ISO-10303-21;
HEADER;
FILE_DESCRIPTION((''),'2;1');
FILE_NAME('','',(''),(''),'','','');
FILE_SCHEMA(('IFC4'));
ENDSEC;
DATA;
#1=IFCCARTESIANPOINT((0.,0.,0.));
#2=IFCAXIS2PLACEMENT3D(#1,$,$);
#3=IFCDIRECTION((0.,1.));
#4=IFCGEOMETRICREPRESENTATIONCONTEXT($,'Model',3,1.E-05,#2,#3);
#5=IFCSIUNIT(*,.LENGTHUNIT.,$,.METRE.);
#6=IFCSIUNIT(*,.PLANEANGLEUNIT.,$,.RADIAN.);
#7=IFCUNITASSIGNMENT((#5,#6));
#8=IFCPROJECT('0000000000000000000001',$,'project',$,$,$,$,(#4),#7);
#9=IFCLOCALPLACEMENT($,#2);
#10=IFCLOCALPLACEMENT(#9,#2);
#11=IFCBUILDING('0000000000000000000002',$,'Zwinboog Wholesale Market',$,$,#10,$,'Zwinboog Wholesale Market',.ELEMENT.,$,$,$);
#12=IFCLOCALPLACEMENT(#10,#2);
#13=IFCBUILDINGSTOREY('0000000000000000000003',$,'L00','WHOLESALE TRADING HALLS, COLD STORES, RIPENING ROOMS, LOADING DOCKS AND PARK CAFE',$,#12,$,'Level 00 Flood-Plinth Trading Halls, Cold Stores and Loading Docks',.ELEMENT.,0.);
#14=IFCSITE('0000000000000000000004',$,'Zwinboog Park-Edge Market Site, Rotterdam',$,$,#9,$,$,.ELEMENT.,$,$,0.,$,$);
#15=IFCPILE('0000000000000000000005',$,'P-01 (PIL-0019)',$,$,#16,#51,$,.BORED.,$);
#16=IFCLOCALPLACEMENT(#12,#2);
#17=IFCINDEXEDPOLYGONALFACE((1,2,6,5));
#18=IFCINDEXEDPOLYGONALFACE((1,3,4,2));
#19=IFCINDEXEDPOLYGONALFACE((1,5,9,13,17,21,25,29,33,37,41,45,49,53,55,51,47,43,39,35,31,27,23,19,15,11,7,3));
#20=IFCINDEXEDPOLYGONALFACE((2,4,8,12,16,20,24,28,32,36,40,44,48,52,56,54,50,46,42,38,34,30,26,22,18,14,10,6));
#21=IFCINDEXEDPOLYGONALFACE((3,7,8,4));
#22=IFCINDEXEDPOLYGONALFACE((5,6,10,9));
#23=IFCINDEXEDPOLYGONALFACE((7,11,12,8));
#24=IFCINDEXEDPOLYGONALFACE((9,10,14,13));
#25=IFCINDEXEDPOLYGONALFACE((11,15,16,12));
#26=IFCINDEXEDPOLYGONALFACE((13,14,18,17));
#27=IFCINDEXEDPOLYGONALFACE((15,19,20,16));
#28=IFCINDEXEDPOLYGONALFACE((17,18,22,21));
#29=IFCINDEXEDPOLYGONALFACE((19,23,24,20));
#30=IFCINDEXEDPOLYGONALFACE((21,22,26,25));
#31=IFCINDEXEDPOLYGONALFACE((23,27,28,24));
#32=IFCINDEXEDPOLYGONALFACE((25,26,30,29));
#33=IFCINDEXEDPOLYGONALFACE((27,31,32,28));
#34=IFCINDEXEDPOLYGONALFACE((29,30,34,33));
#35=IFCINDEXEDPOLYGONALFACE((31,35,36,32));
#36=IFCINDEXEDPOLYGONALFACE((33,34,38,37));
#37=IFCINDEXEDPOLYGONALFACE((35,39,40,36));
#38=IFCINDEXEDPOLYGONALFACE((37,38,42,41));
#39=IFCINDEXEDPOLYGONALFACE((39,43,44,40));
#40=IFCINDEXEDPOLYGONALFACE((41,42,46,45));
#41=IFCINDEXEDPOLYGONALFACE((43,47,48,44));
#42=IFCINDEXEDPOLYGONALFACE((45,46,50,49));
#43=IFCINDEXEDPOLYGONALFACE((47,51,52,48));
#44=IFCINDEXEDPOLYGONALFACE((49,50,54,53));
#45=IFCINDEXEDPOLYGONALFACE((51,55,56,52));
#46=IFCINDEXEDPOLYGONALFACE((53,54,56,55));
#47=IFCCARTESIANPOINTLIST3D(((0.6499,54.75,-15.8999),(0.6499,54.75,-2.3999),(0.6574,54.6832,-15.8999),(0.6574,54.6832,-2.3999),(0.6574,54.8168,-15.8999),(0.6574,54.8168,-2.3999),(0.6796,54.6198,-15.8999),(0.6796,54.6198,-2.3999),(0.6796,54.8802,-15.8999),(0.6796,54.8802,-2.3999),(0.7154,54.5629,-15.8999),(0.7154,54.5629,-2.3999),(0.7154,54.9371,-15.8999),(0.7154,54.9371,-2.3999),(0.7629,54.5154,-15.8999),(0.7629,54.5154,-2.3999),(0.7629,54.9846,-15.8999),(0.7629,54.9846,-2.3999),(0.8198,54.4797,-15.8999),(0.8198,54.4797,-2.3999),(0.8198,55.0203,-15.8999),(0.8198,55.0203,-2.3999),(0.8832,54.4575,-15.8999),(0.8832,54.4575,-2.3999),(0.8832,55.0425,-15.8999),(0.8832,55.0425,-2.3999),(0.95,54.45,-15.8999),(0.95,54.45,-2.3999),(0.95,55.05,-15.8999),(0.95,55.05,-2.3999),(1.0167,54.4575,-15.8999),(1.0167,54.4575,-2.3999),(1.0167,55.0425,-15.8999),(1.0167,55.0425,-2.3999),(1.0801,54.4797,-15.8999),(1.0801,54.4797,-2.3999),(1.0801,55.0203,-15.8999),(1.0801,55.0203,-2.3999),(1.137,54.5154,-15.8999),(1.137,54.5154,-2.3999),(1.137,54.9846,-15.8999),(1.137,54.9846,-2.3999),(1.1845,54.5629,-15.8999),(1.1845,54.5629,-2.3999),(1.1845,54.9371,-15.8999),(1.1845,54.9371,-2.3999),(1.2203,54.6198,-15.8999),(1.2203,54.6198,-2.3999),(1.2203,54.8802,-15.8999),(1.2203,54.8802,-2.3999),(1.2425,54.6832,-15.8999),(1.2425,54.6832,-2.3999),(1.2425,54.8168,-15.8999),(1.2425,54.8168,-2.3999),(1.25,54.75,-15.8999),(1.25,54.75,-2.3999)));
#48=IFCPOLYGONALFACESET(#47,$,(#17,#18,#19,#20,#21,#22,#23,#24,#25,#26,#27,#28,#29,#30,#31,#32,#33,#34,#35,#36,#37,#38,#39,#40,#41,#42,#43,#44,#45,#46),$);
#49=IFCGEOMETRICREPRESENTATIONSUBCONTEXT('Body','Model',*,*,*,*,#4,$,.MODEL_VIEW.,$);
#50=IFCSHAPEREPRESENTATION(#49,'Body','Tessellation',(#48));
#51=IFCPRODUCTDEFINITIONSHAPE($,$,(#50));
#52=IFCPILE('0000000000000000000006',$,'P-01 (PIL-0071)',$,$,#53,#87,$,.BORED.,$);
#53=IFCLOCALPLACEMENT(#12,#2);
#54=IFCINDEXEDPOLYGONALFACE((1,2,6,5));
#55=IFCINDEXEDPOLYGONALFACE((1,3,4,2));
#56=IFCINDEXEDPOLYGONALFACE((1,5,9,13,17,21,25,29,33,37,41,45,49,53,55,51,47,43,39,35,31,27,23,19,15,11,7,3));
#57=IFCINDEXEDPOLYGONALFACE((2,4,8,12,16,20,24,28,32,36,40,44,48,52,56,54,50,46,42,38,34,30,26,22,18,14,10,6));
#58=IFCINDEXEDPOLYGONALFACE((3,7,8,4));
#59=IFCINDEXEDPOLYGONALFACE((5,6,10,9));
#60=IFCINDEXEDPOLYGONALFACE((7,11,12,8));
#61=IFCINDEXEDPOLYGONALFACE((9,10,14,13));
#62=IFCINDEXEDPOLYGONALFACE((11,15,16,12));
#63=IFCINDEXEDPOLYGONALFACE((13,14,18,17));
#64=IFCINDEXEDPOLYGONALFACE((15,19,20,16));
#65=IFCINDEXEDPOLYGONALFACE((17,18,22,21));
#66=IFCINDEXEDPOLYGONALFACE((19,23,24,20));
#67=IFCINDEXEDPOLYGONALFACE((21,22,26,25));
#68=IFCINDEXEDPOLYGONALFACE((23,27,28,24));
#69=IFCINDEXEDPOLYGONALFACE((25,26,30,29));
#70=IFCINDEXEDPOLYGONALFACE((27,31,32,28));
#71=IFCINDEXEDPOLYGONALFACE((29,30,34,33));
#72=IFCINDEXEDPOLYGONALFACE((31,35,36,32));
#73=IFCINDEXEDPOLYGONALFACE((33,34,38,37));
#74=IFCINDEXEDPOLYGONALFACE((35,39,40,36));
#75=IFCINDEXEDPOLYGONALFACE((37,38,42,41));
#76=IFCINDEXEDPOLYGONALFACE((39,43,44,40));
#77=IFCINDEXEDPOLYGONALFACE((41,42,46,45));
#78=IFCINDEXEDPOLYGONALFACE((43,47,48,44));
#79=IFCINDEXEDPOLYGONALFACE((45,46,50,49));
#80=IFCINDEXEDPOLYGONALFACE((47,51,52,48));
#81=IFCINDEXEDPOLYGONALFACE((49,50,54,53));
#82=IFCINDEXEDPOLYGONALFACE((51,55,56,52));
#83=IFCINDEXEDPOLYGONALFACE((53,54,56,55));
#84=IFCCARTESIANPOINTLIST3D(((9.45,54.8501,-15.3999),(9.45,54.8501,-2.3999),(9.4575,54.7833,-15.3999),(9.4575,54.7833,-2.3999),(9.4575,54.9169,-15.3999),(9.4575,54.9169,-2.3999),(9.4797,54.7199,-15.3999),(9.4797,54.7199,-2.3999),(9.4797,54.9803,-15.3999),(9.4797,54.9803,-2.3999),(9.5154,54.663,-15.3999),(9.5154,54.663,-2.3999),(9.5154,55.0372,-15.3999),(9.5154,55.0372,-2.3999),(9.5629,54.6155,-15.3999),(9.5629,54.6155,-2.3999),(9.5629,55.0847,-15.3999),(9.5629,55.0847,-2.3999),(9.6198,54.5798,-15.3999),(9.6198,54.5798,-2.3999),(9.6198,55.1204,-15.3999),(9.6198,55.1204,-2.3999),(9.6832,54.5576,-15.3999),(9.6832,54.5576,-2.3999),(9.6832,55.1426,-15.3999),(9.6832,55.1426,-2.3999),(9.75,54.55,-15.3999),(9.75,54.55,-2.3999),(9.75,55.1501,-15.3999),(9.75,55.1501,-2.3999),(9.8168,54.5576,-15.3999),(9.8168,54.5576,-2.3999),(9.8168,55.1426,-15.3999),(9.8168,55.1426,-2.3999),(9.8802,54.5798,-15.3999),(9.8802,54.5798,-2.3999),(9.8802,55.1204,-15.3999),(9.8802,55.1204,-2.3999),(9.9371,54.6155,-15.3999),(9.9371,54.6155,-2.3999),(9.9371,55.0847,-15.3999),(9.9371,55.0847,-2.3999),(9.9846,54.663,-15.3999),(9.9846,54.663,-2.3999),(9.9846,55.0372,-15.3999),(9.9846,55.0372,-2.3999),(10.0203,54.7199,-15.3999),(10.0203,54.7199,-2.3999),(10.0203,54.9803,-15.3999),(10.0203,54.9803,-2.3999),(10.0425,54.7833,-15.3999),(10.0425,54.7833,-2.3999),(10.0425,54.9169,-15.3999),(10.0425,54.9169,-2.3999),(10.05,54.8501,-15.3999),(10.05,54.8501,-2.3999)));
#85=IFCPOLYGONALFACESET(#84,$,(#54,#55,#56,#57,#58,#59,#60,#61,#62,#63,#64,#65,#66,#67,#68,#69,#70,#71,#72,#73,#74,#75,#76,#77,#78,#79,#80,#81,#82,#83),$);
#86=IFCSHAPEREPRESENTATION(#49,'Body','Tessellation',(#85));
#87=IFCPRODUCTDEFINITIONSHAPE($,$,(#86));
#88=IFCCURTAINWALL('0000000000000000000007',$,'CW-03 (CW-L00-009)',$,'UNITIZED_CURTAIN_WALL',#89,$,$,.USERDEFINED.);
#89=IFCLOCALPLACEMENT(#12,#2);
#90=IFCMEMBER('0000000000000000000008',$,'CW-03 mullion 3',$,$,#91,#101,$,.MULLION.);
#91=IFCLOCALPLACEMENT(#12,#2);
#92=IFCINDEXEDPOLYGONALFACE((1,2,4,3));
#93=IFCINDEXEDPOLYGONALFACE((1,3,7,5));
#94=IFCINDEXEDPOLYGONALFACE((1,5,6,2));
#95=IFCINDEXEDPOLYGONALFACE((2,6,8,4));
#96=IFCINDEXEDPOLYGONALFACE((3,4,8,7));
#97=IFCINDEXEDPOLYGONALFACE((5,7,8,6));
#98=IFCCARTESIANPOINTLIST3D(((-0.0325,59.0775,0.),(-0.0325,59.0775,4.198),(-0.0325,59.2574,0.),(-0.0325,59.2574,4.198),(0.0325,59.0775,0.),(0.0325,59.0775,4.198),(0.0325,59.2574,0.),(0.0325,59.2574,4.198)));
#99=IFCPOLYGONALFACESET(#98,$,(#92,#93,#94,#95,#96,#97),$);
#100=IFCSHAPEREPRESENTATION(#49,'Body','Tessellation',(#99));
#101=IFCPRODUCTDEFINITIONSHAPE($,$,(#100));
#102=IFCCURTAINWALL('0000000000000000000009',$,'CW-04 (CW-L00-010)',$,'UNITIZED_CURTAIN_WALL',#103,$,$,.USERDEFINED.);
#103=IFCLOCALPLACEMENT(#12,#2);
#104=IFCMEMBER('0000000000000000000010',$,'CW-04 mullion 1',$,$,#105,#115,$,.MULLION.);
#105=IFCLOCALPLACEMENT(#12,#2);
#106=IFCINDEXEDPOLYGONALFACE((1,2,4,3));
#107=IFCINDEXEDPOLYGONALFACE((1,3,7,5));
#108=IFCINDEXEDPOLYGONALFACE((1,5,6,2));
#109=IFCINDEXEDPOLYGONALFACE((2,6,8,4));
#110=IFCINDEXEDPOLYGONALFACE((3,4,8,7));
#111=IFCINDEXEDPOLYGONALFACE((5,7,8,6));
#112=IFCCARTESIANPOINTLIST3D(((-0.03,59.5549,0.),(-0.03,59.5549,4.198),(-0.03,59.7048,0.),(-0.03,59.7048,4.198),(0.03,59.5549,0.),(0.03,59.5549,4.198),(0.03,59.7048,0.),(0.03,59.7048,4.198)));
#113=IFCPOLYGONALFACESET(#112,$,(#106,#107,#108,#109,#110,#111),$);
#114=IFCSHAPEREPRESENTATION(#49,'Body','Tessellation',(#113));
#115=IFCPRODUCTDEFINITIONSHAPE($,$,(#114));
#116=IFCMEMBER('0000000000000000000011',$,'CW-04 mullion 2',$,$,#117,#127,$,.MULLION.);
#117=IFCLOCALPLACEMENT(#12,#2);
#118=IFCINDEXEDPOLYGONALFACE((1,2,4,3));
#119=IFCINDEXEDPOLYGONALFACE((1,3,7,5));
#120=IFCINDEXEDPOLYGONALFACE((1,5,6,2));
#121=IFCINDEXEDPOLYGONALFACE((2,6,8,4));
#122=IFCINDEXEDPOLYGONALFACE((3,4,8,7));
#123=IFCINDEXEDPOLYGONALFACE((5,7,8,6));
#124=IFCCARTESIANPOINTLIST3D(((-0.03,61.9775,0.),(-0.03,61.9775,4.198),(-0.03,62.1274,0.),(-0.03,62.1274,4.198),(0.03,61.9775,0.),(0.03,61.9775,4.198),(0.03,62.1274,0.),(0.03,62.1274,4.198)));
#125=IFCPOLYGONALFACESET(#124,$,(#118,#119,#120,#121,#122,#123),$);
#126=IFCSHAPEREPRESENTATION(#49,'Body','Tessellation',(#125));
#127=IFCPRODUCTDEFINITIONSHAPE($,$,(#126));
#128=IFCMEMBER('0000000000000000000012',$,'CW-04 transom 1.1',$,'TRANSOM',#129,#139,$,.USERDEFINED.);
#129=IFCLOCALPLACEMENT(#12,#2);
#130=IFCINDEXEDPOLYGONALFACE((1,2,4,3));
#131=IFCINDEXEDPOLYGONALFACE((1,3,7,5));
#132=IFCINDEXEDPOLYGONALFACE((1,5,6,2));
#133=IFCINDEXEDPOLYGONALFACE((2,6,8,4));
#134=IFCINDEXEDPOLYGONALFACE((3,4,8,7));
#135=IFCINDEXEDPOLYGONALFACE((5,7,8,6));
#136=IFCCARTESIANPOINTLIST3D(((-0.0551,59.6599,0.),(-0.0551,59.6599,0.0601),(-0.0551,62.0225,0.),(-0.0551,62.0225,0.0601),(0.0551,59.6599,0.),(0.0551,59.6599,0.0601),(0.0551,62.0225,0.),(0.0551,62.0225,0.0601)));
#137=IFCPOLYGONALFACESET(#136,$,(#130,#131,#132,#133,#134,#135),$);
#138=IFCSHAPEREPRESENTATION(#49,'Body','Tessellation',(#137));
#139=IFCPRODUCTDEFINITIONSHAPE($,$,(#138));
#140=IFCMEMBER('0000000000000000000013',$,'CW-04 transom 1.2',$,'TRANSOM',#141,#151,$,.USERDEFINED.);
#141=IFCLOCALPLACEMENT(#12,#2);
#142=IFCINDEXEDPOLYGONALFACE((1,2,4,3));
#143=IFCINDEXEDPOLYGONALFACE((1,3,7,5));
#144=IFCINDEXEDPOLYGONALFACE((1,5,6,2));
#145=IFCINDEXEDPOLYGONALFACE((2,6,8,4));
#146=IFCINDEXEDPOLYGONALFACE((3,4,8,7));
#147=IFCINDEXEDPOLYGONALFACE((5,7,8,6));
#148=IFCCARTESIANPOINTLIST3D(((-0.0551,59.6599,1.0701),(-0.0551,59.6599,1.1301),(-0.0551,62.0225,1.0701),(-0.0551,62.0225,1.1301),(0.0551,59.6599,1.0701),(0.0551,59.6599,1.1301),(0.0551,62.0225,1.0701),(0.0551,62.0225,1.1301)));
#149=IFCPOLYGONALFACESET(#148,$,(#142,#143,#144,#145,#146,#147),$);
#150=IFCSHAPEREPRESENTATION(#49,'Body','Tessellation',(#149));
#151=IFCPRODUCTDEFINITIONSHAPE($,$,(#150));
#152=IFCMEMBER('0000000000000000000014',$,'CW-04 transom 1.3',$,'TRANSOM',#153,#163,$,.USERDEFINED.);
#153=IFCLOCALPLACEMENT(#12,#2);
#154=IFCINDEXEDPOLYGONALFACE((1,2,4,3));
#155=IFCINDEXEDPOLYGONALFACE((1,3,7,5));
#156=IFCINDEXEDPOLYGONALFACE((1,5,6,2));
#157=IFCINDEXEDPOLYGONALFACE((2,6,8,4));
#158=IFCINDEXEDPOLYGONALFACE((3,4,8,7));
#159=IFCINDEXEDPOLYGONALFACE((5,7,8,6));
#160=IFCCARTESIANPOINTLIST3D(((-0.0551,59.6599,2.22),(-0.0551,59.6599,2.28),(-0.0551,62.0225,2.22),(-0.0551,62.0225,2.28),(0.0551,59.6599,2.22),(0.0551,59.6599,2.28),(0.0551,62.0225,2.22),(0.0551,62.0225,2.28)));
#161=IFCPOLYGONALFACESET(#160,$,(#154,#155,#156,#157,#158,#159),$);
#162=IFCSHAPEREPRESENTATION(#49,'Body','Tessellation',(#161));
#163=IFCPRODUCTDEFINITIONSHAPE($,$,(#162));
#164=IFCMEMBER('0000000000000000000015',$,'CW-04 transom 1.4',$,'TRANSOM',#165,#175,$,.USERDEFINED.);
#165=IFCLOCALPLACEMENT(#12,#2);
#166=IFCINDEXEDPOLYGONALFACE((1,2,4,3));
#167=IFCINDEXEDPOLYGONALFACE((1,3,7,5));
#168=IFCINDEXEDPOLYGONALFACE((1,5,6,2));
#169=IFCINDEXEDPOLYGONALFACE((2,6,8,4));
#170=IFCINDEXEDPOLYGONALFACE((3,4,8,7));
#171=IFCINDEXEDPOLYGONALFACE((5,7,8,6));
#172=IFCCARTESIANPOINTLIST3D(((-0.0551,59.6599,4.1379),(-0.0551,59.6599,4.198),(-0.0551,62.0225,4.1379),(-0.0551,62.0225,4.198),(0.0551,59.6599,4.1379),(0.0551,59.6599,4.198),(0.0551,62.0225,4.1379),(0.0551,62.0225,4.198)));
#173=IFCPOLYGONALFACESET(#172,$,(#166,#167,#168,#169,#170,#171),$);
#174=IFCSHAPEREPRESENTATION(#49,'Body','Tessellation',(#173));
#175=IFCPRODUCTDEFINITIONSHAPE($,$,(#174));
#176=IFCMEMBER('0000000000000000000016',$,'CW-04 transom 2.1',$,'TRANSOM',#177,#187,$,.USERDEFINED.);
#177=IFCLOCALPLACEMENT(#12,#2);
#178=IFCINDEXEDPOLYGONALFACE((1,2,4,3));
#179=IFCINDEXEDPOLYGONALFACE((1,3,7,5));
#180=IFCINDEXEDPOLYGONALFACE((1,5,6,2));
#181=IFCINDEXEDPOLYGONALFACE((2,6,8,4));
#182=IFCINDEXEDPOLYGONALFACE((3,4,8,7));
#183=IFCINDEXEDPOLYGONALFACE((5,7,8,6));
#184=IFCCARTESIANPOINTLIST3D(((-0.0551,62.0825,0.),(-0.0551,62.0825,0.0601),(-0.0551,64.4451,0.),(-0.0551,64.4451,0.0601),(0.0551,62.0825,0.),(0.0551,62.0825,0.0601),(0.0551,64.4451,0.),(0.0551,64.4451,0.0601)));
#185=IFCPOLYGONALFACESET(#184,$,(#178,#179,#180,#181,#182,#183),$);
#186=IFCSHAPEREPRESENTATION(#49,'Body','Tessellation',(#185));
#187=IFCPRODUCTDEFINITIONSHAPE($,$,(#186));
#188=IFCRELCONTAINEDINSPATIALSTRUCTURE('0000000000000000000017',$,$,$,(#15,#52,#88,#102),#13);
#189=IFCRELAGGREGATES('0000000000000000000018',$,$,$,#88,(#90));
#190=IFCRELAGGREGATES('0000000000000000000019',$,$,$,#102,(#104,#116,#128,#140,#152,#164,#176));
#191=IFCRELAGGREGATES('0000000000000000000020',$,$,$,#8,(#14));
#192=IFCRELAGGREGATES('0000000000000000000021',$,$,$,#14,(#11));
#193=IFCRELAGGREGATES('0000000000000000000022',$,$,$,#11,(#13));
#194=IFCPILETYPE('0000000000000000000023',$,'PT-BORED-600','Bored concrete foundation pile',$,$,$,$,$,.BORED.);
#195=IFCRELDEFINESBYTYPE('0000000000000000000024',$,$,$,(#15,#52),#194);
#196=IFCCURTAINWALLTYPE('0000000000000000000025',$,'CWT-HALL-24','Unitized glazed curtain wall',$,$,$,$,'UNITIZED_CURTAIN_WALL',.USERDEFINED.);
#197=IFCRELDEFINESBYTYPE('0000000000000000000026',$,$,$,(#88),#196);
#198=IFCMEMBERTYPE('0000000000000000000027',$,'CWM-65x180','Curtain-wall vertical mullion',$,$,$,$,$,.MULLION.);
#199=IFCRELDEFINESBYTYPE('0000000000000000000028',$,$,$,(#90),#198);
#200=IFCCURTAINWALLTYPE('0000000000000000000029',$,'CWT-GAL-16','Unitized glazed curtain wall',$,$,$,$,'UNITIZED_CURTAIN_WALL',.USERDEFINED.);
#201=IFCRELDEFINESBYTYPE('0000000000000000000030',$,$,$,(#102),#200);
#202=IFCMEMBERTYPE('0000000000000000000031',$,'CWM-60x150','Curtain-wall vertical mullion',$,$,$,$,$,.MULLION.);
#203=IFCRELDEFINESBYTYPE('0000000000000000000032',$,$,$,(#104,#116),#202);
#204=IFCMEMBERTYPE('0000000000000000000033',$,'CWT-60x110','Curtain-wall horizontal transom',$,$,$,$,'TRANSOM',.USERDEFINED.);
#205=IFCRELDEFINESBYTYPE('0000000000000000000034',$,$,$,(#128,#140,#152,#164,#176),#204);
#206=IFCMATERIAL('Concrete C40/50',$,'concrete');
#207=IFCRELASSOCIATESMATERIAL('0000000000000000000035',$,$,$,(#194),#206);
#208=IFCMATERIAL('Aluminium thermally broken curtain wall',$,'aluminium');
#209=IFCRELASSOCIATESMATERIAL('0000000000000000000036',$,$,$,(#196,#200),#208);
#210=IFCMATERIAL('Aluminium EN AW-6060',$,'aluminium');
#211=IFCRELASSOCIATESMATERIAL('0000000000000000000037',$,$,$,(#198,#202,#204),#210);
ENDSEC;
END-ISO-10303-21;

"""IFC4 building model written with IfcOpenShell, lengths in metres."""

from ifc_helpers import new_model, si_unit, direction, frame, origin, origin_2d, place, context, subcontext, project, spatial, rectangle, circle, extrude, material, material_profile, profile_set, type_object, element, aggregate, save


model = new_model("IFC4")

# Units and contexts
model_context = context("Model", 3, precision=1e-05, world=origin(), true_north=direction((0.0, 1.0)))
body_context = subcontext(model_context, "Body", "Model", "MODEL_VIEW")
ifc_project = project(units=[si_unit("LENGTHUNIT", "METRE"), si_unit("PLANEANGLEUNIT", "RADIAN")], contexts=[model_context])

# Site, building, storey
site_placement = place(None, origin())
site = spatial("IfcSite", under=ifc_project, at=site_placement, Name="Zwinboog Park-Edge Market Site, Rotterdam", CompositionType="ELEMENT", RefElevation=0.0)
building_placement = place(site_placement, origin())
building = spatial("IfcBuilding", under=site, at=building_placement, Name="Zwinboog Wholesale Market", LongName="Zwinboog Wholesale Market", CompositionType="ELEMENT")
storey_placement = place(building_placement, origin())
storey = spatial("IfcBuildingStorey", under=building, at=storey_placement, Name="L00", Description="WHOLESALE TRADING HALLS, COLD STORES, RIPENING ROOMS, LOADING DOCKS AND PARK CAFE", LongName="Level 00 Flood-Plinth Trading Halls, Cold Stores and Loading Docks", CompositionType="ELEMENT", Elevation=0.0)

# Piles
ifc_material_1 = material(Name="Concrete C40/50", Category="concrete")
ifc_material_profile_1 = material_profile(ifc_material_1, circle(Radius=0.3, at=origin_2d()), Name="PILE D600")
ifc_profile_set_1 = profile_set([ifc_material_profile_1], Name="Concrete C40/50")
pile_type = type_object("IfcPileType", Name="PT-BORED-600", Description="Bored concrete foundation pile", PredefinedType="BORED", material=ifc_profile_set_1)
pile_1_placement = place(storey_placement, frame((0.95, 54.75, -2.3999), z_axis=(0.0, 0.0, -1.0), x_axis=(1.0, 0.0, 0.0)))
element("IfcPile", 1, at=pile_1_placement, inside=storey, type_object=pile_type, Name="P-01 (PIL-0019)", PredefinedType="BORED", context=body_context, shape_type="SweptSolid", body=[
    extrude(circle(Radius=0.3, at=origin_2d()), origin(), (0.0, 0.0, 1.0), 13.5),
])
pile_2_placement = place(storey_placement, frame((9.75, 54.8501, -2.3999), z_axis=(0.0, 0.0, -1.0), x_axis=(1.0, 0.0, 0.0)))
element("IfcPile", 2, at=pile_2_placement, inside=storey, type_object=pile_type, Name="P-01 (PIL-0071)", PredefinedType="BORED", context=body_context, shape_type="SweptSolid", body=[
    extrude(circle(Radius=0.3, at=origin_2d()), origin(), (0.0, 0.0, 1.0), 13.0),
])

# Curtain wall, member
ifc_material_2 = material(Name="Aluminium thermally broken curtain wall", Category="aluminium")
curtain_wall_type_1 = type_object("IfcCurtainWallType", Name="CWT-HALL-24", Description="Unitized glazed curtain wall", ElementType="UNITIZED_CURTAIN_WALL", PredefinedType="USERDEFINED", material=ifc_material_2)
curtain_wall_1_placement = place(storey_placement, origin())
curtain_wall_1 = element("IfcCurtainWall", 3, at=curtain_wall_1_placement, inside=storey, type_object=curtain_wall_type_1, Name="CW-03 (CW-L00-009)", ObjectType="UNITIZED_CURTAIN_WALL", PredefinedType="USERDEFINED")
ifc_material_3 = material(Name="Aluminium EN AW-6060", Category="aluminium")
ifc_material_profile_2 = material_profile(ifc_material_3, rectangle(XDim=0.0649, YDim=0.1799, at=origin_2d()), Name="AL 65x180")
ifc_profile_set_2 = profile_set([ifc_material_profile_2], Name="Aluminium EN AW-6060")
member_type_1 = type_object("IfcMemberType", Name="CWM-65x180", Description="Curtain-wall vertical mullion", PredefinedType="MULLION", material=ifc_profile_set_2)
member_1_placement = place(storey_placement, frame((0.0, 59.1675, 0.0), z_axis=(0.0, 0.0, 1.0), x_axis=(-1.0, 0.0, 0.0)))
member_1 = element("IfcMember", 4, at=member_1_placement, type_object=member_type_1, Name="CW-03 mullion 3", PredefinedType="MULLION", context=body_context, shape_type="SweptSolid", body=[
    extrude(rectangle(XDim=0.0649, YDim=0.1799, at=origin_2d()), origin(), (0.0, 0.0, 1.0), 4.198),
])
aggregate(curtain_wall_1, [member_1])

# Curtain wall, members
curtain_wall_type_2 = type_object("IfcCurtainWallType", Name="CWT-GAL-16", Description="Unitized glazed curtain wall", ElementType="UNITIZED_CURTAIN_WALL", PredefinedType="USERDEFINED", material=ifc_material_2)
curtain_wall_2_placement = place(storey_placement, origin())
curtain_wall_2 = element("IfcCurtainWall", 5, at=curtain_wall_2_placement, inside=storey, type_object=curtain_wall_type_2, Name="CW-04 (CW-L00-010)", ObjectType="UNITIZED_CURTAIN_WALL", PredefinedType="USERDEFINED")
ifc_material_profile_3 = material_profile(ifc_material_3, rectangle(XDim=0.0601, YDim=0.1499, at=origin_2d()), Name="AL 60x150")
ifc_profile_set_3 = profile_set([ifc_material_profile_3], Name="Aluminium EN AW-6060")
member_type_2 = type_object("IfcMemberType", Name="CWM-60x150", Description="Curtain-wall vertical mullion", PredefinedType="MULLION", material=ifc_profile_set_3)
member_2_placement = place(storey_placement, frame((0.0, 59.6299, 0.0), z_axis=(0.0, 0.0, 1.0), x_axis=(-1.0, 0.0, 0.0)))
member_2 = element("IfcMember", 6, at=member_2_placement, type_object=member_type_2, Name="CW-04 mullion 1", PredefinedType="MULLION", context=body_context, shape_type="SweptSolid", body=[
    extrude(rectangle(XDim=0.0601, YDim=0.1499, at=origin_2d()), origin(), (0.0, 0.0, 1.0), 4.198),
])
member_3_placement = place(storey_placement, frame((0.0, 62.0525, 0.0), z_axis=(0.0, 0.0, 1.0), x_axis=(-1.0, 0.0, 0.0)))
member_3 = element("IfcMember", 7, at=member_3_placement, type_object=member_type_2, Name="CW-04 mullion 2", PredefinedType="MULLION", context=body_context, shape_type="SweptSolid", body=[
    extrude(rectangle(XDim=0.0601, YDim=0.1499, at=origin_2d()), origin(), (0.0, 0.0, 1.0), 4.198),
])
ifc_material_profile_4 = material_profile(ifc_material_3, rectangle(XDim=0.1101, YDim=0.0601, at=origin_2d()), Name="AL 60x110")
ifc_profile_set_4 = profile_set([ifc_material_profile_4], Name="Aluminium EN AW-6060")
member_type_3 = type_object("IfcMemberType", Name="CWT-60x110", Description="Curtain-wall horizontal transom", ElementType="TRANSOM", PredefinedType="USERDEFINED", material=ifc_profile_set_4)
member_4_placement = place(storey_placement, frame((0.0, 59.6599, 0.03), z_axis=(0.0, 1.0, 0.0), x_axis=(-1.0, 0.0, 0.0)))
member_4 = element("IfcMember", 8, at=member_4_placement, type_object=member_type_3, Name="CW-04 transom 1.1", ObjectType="TRANSOM", PredefinedType="USERDEFINED", context=body_context, shape_type="SweptSolid", body=[
    extrude(rectangle(XDim=0.1101, YDim=0.0601, at=origin_2d()), origin(), (0.0, 0.0, 1.0), 2.3625),
])
member_5_placement = place(storey_placement, frame((0.0, 59.6599, 1.1001), z_axis=(0.0, 1.0, 0.0), x_axis=(-1.0, 0.0, 0.0)))
member_5 = element("IfcMember", 9, at=member_5_placement, type_object=member_type_3, Name="CW-04 transom 1.2", ObjectType="TRANSOM", PredefinedType="USERDEFINED", context=body_context, shape_type="SweptSolid", body=[
    extrude(rectangle(XDim=0.1101, YDim=0.0601, at=origin_2d()), origin(), (0.0, 0.0, 1.0), 2.3625),
])
member_6_placement = place(storey_placement, frame((0.0, 59.6599, 2.25), z_axis=(0.0, 1.0, 0.0), x_axis=(-1.0, 0.0, 0.0)))
member_6 = element("IfcMember", 10, at=member_6_placement, type_object=member_type_3, Name="CW-04 transom 1.3", ObjectType="TRANSOM", PredefinedType="USERDEFINED", context=body_context, shape_type="SweptSolid", body=[
    extrude(rectangle(XDim=0.1101, YDim=0.0601, at=origin_2d()), origin(), (0.0, 0.0, 1.0), 2.3625),
])
member_7_placement = place(storey_placement, frame((0.0, 59.6599, 4.168), z_axis=(0.0, 1.0, 0.0), x_axis=(-1.0, 0.0, 0.0)))
member_7 = element("IfcMember", 11, at=member_7_placement, type_object=member_type_3, Name="CW-04 transom 1.4", ObjectType="TRANSOM", PredefinedType="USERDEFINED", context=body_context, shape_type="SweptSolid", body=[
    extrude(rectangle(XDim=0.1101, YDim=0.0601, at=origin_2d()), origin(), (0.0, 0.0, 1.0), 2.3625),
])
member_8_placement = place(storey_placement, frame((0.0, 62.0825, 0.03), z_axis=(0.0, 1.0, 0.0), x_axis=(-1.0, 0.0, 0.0)))
member_8 = element("IfcMember", 12, at=member_8_placement, type_object=member_type_3, Name="CW-04 transom 2.1", ObjectType="TRANSOM", PredefinedType="USERDEFINED", context=body_context, shape_type="SweptSolid", body=[
    extrude(rectangle(XDim=0.1101, YDim=0.0601, at=origin_2d()), origin(), (0.0, 0.0, 1.0), 2.3625),
])

aggregate(curtain_wall_2, [member_2, member_3, member_4, member_5, member_6, member_7, member_8])

save(model, "model.ifc")
